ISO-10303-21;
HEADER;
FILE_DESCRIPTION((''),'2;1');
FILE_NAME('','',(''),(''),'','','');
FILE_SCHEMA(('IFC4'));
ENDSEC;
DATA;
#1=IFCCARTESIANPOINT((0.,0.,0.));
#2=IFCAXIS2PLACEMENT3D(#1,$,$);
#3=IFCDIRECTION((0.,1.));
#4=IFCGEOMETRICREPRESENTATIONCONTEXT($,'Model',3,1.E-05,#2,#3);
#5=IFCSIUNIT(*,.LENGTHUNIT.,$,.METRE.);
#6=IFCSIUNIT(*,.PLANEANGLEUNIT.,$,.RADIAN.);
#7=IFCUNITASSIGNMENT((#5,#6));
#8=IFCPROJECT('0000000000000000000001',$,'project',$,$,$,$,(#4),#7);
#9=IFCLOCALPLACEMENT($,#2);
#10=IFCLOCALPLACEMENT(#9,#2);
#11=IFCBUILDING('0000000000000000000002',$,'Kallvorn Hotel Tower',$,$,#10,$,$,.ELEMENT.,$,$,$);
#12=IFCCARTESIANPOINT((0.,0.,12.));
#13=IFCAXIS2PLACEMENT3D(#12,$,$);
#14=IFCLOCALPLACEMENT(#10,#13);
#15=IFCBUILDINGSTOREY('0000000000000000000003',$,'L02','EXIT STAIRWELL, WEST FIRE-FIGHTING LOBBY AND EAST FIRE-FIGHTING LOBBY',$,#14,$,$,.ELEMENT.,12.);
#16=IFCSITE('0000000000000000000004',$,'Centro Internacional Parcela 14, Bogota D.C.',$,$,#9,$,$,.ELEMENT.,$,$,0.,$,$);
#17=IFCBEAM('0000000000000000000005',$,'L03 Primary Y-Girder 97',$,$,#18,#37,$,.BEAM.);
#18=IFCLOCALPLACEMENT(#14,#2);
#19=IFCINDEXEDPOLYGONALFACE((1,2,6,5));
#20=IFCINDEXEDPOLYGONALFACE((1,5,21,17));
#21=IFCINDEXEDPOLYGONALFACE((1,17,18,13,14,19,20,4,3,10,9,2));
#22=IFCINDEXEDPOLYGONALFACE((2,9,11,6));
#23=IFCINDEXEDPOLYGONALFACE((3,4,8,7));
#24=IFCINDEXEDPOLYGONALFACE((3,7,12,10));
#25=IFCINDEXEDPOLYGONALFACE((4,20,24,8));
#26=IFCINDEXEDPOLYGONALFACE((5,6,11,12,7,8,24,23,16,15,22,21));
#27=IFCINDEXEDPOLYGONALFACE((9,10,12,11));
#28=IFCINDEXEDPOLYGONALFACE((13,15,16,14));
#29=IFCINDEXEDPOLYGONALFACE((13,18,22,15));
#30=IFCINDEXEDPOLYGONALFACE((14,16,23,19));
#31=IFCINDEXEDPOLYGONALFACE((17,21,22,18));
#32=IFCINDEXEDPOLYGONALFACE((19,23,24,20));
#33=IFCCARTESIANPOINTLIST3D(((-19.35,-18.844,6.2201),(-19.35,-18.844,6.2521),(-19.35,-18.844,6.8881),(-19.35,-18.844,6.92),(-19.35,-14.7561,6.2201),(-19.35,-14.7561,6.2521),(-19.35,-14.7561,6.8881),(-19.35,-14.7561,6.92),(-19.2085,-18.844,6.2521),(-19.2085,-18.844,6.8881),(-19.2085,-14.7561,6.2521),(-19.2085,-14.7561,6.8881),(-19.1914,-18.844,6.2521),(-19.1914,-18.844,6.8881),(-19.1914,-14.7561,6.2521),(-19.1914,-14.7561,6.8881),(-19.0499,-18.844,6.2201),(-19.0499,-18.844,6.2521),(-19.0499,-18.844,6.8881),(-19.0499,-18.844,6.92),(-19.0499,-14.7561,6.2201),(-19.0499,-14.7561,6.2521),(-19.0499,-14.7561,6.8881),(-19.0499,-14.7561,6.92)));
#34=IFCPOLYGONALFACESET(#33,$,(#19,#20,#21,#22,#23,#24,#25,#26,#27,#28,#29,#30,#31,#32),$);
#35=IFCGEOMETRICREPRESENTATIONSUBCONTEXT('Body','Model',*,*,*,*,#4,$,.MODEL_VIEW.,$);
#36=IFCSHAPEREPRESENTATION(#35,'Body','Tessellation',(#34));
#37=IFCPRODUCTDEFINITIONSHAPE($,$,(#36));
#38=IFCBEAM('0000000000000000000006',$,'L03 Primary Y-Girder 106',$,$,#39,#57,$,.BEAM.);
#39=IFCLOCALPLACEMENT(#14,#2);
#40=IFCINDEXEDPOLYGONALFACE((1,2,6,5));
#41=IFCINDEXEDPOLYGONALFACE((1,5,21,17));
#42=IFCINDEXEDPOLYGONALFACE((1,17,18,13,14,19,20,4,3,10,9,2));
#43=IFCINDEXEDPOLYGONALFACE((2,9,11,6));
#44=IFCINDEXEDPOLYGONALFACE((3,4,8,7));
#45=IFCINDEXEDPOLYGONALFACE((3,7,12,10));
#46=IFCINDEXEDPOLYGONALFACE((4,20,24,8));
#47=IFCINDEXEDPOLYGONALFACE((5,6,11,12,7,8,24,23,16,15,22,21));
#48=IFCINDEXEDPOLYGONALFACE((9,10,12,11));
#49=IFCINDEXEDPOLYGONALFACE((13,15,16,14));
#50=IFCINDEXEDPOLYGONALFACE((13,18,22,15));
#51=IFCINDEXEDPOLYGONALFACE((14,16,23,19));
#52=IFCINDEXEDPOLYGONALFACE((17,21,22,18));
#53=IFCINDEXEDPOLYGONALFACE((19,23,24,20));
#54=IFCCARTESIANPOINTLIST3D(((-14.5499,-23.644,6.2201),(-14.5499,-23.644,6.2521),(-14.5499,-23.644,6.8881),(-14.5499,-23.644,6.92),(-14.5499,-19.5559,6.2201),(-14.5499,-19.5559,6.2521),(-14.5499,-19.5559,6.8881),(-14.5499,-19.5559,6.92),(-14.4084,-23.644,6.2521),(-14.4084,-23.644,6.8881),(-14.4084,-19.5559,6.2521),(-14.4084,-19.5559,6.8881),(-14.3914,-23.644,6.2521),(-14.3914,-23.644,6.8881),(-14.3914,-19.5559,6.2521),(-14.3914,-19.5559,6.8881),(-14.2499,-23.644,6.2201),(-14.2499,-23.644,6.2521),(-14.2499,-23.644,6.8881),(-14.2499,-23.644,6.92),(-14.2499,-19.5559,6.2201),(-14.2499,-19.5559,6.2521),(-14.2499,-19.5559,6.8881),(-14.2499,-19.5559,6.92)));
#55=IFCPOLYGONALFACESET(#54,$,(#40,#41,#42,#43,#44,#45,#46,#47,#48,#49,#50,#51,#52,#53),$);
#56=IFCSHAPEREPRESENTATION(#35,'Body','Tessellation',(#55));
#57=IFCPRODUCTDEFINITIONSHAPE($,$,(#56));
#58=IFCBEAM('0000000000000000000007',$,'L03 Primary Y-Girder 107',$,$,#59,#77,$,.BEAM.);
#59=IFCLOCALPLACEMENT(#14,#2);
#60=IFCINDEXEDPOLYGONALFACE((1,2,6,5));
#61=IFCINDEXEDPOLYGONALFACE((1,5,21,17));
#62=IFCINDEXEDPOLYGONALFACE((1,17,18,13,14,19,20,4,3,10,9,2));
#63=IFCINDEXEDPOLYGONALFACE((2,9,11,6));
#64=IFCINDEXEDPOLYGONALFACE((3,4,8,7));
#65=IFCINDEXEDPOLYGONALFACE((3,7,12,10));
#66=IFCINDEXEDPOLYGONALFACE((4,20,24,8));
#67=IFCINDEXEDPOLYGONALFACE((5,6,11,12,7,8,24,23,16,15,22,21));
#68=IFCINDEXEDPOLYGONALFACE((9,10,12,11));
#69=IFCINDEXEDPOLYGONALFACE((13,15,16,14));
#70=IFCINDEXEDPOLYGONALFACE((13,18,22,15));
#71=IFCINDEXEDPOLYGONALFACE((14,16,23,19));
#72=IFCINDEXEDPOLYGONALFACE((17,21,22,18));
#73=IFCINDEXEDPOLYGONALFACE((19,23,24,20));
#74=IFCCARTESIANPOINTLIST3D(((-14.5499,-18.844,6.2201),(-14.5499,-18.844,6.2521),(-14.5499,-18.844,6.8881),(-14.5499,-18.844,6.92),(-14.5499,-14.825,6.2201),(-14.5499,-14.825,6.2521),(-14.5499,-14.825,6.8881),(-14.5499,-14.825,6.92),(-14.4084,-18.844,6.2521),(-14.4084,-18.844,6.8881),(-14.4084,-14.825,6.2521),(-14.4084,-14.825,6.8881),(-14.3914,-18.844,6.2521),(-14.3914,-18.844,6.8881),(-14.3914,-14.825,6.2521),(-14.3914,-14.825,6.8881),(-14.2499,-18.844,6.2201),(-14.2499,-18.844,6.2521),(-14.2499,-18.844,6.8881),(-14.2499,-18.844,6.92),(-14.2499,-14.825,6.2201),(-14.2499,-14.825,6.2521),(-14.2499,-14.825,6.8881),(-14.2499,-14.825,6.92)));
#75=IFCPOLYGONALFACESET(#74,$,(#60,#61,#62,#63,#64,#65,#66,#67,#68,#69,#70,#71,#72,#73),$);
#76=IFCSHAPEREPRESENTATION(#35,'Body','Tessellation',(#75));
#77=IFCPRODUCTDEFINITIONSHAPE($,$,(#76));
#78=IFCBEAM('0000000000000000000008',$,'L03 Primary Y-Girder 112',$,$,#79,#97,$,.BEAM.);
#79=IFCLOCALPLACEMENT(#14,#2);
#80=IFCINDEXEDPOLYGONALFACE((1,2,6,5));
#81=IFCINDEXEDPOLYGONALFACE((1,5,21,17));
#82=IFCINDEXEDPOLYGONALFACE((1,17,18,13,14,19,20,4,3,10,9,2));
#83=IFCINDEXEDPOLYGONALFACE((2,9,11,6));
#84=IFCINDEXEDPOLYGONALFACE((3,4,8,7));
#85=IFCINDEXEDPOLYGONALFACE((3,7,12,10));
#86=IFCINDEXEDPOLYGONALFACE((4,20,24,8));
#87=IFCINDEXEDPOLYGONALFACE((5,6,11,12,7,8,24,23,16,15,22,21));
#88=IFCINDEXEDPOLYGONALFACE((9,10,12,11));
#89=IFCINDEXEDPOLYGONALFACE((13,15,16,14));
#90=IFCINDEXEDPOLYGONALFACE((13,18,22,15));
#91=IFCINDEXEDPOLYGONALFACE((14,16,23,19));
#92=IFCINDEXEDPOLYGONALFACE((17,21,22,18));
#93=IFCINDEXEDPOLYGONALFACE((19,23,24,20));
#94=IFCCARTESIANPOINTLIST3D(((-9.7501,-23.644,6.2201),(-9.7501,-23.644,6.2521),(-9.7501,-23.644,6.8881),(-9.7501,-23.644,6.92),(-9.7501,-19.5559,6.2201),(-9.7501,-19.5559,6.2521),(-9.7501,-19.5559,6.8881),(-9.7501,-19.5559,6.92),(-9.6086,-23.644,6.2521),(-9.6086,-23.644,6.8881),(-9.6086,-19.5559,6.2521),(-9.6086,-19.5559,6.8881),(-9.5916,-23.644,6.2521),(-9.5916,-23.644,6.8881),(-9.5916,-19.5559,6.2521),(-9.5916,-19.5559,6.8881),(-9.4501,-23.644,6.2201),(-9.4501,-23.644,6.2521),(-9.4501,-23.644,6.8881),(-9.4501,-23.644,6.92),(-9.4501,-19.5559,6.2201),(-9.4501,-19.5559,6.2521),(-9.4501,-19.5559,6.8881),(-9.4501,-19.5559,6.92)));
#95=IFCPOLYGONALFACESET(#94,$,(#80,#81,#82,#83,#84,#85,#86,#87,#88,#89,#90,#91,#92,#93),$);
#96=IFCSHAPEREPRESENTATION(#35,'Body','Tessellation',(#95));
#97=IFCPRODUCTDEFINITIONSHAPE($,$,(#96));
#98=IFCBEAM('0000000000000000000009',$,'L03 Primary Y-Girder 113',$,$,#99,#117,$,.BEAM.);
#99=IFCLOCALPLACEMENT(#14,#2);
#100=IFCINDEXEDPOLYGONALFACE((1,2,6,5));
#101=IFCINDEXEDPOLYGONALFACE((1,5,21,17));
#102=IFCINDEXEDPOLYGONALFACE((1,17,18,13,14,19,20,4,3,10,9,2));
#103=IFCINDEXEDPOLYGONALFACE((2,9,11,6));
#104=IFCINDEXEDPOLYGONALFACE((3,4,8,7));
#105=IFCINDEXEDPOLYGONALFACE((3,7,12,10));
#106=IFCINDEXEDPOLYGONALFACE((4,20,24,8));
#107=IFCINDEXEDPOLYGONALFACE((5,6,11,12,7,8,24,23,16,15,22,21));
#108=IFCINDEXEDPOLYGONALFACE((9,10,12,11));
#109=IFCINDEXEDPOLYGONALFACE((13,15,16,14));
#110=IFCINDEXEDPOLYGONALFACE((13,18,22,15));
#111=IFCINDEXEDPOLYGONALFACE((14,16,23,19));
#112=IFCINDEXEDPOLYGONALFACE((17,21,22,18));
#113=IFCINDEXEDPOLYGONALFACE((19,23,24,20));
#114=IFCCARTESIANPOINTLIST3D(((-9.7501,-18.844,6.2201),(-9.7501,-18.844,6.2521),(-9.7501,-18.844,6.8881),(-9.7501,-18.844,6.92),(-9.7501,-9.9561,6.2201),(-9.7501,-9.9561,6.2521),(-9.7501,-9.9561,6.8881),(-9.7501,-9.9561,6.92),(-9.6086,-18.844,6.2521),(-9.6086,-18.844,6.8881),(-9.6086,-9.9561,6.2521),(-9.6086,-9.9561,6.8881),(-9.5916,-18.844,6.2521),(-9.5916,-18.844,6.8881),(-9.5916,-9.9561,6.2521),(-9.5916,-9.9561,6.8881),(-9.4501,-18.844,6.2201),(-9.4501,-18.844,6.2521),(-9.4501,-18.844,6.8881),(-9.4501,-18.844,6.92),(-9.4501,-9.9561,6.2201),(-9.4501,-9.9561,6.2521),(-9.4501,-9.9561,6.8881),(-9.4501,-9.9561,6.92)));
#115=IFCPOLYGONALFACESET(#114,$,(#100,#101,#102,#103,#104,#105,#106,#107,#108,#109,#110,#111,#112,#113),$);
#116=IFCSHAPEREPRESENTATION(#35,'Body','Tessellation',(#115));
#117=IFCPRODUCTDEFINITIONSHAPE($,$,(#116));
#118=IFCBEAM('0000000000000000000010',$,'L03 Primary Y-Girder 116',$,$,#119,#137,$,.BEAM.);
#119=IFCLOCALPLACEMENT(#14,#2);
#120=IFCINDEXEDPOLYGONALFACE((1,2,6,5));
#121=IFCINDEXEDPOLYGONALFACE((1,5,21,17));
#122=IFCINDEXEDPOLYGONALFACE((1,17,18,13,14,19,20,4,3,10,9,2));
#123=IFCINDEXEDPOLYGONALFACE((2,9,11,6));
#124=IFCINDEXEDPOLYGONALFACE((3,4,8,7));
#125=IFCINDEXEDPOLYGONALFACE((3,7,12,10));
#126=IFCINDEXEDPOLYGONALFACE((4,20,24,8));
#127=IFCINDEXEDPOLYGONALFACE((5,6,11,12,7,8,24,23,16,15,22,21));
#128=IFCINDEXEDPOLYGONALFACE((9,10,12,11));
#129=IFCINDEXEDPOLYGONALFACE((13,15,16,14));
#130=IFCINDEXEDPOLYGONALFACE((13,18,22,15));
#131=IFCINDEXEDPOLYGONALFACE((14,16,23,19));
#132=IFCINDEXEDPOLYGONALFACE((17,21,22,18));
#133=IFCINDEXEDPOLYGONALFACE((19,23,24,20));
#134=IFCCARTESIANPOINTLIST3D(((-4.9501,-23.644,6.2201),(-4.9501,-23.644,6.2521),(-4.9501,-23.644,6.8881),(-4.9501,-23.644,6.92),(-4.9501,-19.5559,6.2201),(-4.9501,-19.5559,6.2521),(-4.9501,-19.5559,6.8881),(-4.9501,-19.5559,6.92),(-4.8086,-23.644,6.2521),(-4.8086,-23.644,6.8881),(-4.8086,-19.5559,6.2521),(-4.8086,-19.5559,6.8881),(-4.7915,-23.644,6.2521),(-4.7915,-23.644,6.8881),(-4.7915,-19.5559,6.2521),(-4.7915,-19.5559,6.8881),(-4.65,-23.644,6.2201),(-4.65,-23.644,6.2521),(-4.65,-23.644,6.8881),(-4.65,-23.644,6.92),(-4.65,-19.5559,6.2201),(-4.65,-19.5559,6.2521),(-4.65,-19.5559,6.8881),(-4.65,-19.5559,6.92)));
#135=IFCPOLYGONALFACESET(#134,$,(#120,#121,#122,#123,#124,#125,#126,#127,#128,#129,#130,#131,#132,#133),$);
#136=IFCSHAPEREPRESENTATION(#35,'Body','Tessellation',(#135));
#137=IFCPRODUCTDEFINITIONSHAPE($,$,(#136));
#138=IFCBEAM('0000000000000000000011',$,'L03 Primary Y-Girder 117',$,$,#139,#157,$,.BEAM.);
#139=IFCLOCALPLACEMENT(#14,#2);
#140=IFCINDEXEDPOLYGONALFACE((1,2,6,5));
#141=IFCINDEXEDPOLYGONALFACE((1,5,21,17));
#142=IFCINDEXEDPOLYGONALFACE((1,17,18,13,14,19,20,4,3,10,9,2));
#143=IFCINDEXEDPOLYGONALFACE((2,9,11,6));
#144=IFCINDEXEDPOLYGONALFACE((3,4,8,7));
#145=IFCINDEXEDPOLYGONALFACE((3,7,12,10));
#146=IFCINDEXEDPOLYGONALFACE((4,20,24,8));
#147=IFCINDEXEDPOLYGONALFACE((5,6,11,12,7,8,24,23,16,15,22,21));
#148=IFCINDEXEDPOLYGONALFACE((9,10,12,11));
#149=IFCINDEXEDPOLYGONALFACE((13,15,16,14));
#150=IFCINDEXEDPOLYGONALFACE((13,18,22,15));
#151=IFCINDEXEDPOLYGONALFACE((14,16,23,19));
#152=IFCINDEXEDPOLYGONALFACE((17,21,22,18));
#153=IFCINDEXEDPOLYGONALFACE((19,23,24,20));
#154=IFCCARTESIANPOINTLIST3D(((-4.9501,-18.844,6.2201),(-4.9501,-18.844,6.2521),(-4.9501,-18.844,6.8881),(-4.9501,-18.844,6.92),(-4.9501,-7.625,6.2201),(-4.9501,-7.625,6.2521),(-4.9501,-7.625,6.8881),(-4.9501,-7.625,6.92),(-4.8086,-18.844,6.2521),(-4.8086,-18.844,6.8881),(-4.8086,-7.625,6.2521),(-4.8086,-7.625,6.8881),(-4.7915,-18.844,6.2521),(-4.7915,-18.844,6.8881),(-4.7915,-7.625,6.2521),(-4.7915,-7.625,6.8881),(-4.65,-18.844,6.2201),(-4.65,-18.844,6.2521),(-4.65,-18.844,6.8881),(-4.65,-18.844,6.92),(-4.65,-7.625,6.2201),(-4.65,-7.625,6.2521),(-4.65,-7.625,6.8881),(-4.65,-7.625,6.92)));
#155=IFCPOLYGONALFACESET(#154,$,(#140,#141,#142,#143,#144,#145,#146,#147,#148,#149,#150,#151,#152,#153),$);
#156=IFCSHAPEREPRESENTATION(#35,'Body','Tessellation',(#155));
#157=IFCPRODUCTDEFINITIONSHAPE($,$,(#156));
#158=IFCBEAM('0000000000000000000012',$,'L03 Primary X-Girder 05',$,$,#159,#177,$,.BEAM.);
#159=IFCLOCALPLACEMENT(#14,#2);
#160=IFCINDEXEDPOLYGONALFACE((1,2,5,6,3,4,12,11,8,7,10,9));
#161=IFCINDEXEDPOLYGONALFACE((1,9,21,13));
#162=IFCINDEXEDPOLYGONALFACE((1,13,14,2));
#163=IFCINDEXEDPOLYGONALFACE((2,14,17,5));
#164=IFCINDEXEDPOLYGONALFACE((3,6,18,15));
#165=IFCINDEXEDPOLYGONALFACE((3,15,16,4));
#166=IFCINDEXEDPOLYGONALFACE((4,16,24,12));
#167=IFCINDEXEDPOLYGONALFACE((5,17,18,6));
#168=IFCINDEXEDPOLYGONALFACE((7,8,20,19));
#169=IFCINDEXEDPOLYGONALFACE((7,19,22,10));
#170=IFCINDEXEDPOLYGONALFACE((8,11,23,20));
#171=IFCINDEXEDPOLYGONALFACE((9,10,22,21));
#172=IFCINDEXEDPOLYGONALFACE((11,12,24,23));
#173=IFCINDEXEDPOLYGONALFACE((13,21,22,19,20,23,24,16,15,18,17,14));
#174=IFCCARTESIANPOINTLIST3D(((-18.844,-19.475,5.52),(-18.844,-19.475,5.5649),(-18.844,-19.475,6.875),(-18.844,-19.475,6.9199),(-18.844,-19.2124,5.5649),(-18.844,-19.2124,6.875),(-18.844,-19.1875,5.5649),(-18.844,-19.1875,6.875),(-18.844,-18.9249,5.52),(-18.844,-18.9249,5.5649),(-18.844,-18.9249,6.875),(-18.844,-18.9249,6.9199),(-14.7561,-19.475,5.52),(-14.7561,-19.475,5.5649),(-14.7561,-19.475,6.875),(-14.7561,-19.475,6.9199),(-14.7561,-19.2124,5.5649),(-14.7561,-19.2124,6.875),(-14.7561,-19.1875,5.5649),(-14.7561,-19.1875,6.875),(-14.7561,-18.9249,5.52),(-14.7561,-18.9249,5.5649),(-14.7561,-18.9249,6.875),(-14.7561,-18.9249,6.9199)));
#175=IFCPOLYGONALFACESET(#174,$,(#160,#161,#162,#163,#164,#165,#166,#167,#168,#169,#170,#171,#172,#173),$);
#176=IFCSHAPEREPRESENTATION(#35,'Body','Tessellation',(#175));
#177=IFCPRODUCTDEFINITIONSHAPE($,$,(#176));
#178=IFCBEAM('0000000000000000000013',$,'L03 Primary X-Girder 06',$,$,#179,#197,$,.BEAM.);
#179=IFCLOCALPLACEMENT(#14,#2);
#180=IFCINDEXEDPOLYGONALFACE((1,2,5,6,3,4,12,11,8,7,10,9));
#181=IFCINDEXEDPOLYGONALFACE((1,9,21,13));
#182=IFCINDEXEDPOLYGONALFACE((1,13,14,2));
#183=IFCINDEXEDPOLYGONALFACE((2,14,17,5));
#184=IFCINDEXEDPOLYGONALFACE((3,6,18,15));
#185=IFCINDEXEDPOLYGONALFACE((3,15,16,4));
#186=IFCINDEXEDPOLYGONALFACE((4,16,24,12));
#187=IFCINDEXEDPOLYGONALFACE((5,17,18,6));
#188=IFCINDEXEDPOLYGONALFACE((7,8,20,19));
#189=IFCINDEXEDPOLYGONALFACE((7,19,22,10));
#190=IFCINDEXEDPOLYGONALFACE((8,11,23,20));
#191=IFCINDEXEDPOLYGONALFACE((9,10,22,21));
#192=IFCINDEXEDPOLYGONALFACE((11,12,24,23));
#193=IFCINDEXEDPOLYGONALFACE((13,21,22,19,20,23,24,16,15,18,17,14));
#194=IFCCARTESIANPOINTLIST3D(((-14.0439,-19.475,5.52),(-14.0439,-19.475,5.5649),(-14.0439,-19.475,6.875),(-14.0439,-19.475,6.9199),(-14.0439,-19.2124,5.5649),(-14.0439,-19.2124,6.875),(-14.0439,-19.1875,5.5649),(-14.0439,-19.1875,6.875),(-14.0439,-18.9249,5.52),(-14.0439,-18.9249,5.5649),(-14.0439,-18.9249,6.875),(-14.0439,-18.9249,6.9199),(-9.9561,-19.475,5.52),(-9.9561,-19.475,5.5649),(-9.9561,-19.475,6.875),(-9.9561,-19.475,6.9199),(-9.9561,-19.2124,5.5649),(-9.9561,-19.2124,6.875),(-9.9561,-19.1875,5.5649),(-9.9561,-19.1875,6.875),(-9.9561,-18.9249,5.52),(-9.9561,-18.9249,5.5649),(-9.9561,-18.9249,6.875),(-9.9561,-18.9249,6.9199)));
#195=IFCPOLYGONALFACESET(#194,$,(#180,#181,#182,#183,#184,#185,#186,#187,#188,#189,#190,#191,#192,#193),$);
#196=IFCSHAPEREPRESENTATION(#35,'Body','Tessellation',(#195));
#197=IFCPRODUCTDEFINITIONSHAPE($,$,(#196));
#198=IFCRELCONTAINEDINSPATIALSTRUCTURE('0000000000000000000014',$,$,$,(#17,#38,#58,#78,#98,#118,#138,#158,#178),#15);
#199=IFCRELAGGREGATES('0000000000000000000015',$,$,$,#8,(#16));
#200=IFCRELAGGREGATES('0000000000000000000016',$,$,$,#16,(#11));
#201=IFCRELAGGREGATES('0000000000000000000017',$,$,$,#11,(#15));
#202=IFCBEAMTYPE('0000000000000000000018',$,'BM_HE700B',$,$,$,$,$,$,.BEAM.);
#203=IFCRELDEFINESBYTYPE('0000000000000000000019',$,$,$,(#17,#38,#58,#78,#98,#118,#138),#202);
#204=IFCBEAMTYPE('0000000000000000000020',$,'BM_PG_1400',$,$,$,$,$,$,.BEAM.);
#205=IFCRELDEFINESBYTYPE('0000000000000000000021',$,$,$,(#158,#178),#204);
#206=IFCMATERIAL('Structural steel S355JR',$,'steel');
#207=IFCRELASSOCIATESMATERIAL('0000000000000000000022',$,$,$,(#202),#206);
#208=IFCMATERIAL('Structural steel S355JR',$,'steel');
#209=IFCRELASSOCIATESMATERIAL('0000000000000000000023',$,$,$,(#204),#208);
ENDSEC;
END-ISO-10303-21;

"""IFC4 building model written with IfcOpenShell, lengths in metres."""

from ifc_helpers import new_model, si_unit, direction, frame, origin, origin_2d, place, context, subcontext, project, spatial, i_section, extrude, material, material_profile, profile_set, type_object, element, save


model = new_model("IFC4")

# Units and contexts
model_context = context("Model", 3, precision=1e-05, world=origin(), true_north=direction((0.0, 1.0)))
body_context = subcontext(model_context, "Body", "Model", "MODEL_VIEW")
ifc_project = project(units=[si_unit("LENGTHUNIT", "METRE"), si_unit("PLANEANGLEUNIT", "RADIAN")], contexts=[model_context])

# Site, building, storey
site_placement = place(None, origin())
site = spatial("IfcSite", under=ifc_project, at=site_placement, Name="Centro Internacional Parcela 14, Bogota D.C.", CompositionType="ELEMENT", RefElevation=0.0)
building_placement = place(site_placement, origin())
building = spatial("IfcBuilding", under=site, at=building_placement, Name="Kallvorn Hotel Tower", CompositionType="ELEMENT")
storey_placement = place(building_placement, frame((0.0, 0.0, 12.0)))
storey = spatial("IfcBuildingStorey", under=building, at=storey_placement, Name="L02", Description="EXIT STAIRWELL, WEST FIRE-FIGHTING LOBBY AND EAST FIRE-FIGHTING LOBBY", CompositionType="ELEMENT", Elevation=12.0)

# Beams
ifc_material_1 = material(Name="Structural steel S355JR", Category="steel")
ifc_material_profile_1 = material_profile(ifc_material_1, i_section(OverallWidth=0.3, OverallDepth=0.7, WebThickness=0.0171, FlangeThickness=0.032, at=origin_2d()), Name="HE 700 B")
ifc_profile_set_1 = profile_set([ifc_material_profile_1], Name="Structural steel S355JR")
beam_type_1 = type_object("IfcBeamType", Name="BM_HE700B", PredefinedType="BEAM", material=ifc_profile_set_1)
beam_1_placement = place(storey_placement, frame((-19.2, -18.844, 6.5701), z_axis=(0.0, 1.0, 0.0), x_axis=(-1.0, 0.0, 0.0)))
element("IfcBeam", 1, at=beam_1_placement, inside=storey, type_object=beam_type_1, Name="L03 Primary Y-Girder 97", PredefinedType="BEAM", context=body_context, shape_type="SweptSolid", body=[
    extrude(i_section(OverallWidth=0.3, OverallDepth=0.7, WebThickness=0.0171, FlangeThickness=0.032, at=origin_2d()), origin(), (0.0, 0.0, 1.0), 4.0879),
])
beam_2_placement = place(storey_placement, frame((-14.3999, -23.644, 6.5701), z_axis=(0.0, 1.0, 0.0), x_axis=(-1.0, 0.0, 0.0)))
element("IfcBeam", 2, at=beam_2_placement, inside=storey, type_object=beam_type_1, Name="L03 Primary Y-Girder 106", PredefinedType="BEAM", context=body_context, shape_type="SweptSolid", body=[
    extrude(i_section(OverallWidth=0.3, OverallDepth=0.7, WebThickness=0.0171, FlangeThickness=0.032, at=origin_2d()), origin(), (0.0, 0.0, 1.0), 4.0881),
])
beam_3_placement = place(storey_placement, frame((-14.3999, -18.844, 6.5701), z_axis=(0.0, 1.0, 0.0), x_axis=(-1.0, 0.0, 0.0)))
element("IfcBeam", 3, at=beam_3_placement, inside=storey, type_object=beam_type_1, Name="L03 Primary Y-Girder 107", PredefinedType="BEAM", context=body_context, shape_type="SweptSolid", body=[
    extrude(i_section(OverallWidth=0.3, OverallDepth=0.7, WebThickness=0.0171, FlangeThickness=0.032, at=origin_2d()), origin(), (0.0, 0.0, 1.0), 4.019),
])
beam_4_placement = place(storey_placement, frame((-9.6001, -23.644, 6.5701), z_axis=(0.0, 1.0, 0.0), x_axis=(-1.0, 0.0, 0.0)))
element("IfcBeam", 4, at=beam_4_placement, inside=storey, type_object=beam_type_1, Name="L03 Primary Y-Girder 112", PredefinedType="BEAM", context=body_context, shape_type="SweptSolid", body=[
    extrude(i_section(OverallWidth=0.3, OverallDepth=0.7, WebThickness=0.0171, FlangeThickness=0.032, at=origin_2d()), origin(), (0.0, 0.0, 1.0), 4.0881),
])
beam_5_placement = place(storey_placement, frame((-9.6001, -18.844, 6.5701), z_axis=(0.0, 1.0, 0.0), x_axis=(-1.0, 0.0, 0.0)))
element("IfcBeam", 5, at=beam_5_placement, inside=storey, type_object=beam_type_1, Name="L03 Primary Y-Girder 113", PredefinedType="BEAM", context=body_context, shape_type="SweptSolid", body=[
    extrude(i_section(OverallWidth=0.3, OverallDepth=0.7, WebThickness=0.0171, FlangeThickness=0.032, at=origin_2d()), origin(), (0.0, 0.0, 1.0), 8.8879),
])
beam_6_placement = place(storey_placement, frame((-4.8, -23.644, 6.5701), z_axis=(0.0, 1.0, 0.0), x_axis=(-1.0, 0.0, 0.0)))
element("IfcBeam", 6, at=beam_6_placement, inside=storey, type_object=beam_type_1, Name="L03 Primary Y-Girder 116", PredefinedType="BEAM", context=body_context, shape_type="SweptSolid", body=[
    extrude(i_section(OverallWidth=0.3, OverallDepth=0.7, WebThickness=0.0171, FlangeThickness=0.032, at=origin_2d()), origin(), (0.0, 0.0, 1.0), 4.0881),
])
beam_7_placement = place(storey_placement, frame((-4.8, -18.844, 6.5701), z_axis=(0.0, 1.0, 0.0), x_axis=(-1.0, 0.0, 0.0)))
element("IfcBeam", 7, at=beam_7_placement, inside=storey, type_object=beam_type_1, Name="L03 Primary Y-Girder 117", PredefinedType="BEAM", context=body_context, shape_type="SweptSolid", body=[
    extrude(i_section(OverallWidth=0.3, OverallDepth=0.7, WebThickness=0.0171, FlangeThickness=0.032, at=origin_2d()), origin(), (0.0, 0.0, 1.0), 11.219),
])
ifc_material_2 = material(Name="Structural steel S355JR", Category="steel")
ifc_material_profile_2 = material_profile(ifc_material_2, i_section(OverallWidth=0.55, OverallDepth=1.3999, WebThickness=0.0249, FlangeThickness=0.0449, at=origin_2d()), Name="PG 1400x550x25x45")
ifc_profile_set_2 = profile_set([ifc_material_profile_2], Name="Structural steel S355JR")
beam_type_2 = type_object("IfcBeamType", Name="BM_PG_1400", PredefinedType="BEAM", material=ifc_profile_set_2)
for number, where, z_axis, x_axis, name in (
    (8, (-18.844, -19.2, 6.22), (1.0, 0.0, 0.0), (0.0, 1.0, 0.0), "L03 Primary X-Girder 05"),
    (9, (-14.0439, -19.2, 6.22), (1.0, 0.0, 0.0), (0.0, 1.0, 0.0), "L03 Primary X-Girder 06"),
):
    element("IfcBeam", number, at=place(storey_placement, frame(where, z_axis=z_axis, x_axis=x_axis)), inside=storey, type_object=beam_type_2, Name=name, PredefinedType="BEAM", context=body_context, shape_type="SweptSolid", body=[
        extrude(i_section(OverallWidth=0.55, OverallDepth=1.3999, WebThickness=0.0249, FlangeThickness=0.0449, at=origin_2d()), origin(), (0.0, 0.0, 1.0), 4.0879),
    ])

save(model, "model.ifc")
